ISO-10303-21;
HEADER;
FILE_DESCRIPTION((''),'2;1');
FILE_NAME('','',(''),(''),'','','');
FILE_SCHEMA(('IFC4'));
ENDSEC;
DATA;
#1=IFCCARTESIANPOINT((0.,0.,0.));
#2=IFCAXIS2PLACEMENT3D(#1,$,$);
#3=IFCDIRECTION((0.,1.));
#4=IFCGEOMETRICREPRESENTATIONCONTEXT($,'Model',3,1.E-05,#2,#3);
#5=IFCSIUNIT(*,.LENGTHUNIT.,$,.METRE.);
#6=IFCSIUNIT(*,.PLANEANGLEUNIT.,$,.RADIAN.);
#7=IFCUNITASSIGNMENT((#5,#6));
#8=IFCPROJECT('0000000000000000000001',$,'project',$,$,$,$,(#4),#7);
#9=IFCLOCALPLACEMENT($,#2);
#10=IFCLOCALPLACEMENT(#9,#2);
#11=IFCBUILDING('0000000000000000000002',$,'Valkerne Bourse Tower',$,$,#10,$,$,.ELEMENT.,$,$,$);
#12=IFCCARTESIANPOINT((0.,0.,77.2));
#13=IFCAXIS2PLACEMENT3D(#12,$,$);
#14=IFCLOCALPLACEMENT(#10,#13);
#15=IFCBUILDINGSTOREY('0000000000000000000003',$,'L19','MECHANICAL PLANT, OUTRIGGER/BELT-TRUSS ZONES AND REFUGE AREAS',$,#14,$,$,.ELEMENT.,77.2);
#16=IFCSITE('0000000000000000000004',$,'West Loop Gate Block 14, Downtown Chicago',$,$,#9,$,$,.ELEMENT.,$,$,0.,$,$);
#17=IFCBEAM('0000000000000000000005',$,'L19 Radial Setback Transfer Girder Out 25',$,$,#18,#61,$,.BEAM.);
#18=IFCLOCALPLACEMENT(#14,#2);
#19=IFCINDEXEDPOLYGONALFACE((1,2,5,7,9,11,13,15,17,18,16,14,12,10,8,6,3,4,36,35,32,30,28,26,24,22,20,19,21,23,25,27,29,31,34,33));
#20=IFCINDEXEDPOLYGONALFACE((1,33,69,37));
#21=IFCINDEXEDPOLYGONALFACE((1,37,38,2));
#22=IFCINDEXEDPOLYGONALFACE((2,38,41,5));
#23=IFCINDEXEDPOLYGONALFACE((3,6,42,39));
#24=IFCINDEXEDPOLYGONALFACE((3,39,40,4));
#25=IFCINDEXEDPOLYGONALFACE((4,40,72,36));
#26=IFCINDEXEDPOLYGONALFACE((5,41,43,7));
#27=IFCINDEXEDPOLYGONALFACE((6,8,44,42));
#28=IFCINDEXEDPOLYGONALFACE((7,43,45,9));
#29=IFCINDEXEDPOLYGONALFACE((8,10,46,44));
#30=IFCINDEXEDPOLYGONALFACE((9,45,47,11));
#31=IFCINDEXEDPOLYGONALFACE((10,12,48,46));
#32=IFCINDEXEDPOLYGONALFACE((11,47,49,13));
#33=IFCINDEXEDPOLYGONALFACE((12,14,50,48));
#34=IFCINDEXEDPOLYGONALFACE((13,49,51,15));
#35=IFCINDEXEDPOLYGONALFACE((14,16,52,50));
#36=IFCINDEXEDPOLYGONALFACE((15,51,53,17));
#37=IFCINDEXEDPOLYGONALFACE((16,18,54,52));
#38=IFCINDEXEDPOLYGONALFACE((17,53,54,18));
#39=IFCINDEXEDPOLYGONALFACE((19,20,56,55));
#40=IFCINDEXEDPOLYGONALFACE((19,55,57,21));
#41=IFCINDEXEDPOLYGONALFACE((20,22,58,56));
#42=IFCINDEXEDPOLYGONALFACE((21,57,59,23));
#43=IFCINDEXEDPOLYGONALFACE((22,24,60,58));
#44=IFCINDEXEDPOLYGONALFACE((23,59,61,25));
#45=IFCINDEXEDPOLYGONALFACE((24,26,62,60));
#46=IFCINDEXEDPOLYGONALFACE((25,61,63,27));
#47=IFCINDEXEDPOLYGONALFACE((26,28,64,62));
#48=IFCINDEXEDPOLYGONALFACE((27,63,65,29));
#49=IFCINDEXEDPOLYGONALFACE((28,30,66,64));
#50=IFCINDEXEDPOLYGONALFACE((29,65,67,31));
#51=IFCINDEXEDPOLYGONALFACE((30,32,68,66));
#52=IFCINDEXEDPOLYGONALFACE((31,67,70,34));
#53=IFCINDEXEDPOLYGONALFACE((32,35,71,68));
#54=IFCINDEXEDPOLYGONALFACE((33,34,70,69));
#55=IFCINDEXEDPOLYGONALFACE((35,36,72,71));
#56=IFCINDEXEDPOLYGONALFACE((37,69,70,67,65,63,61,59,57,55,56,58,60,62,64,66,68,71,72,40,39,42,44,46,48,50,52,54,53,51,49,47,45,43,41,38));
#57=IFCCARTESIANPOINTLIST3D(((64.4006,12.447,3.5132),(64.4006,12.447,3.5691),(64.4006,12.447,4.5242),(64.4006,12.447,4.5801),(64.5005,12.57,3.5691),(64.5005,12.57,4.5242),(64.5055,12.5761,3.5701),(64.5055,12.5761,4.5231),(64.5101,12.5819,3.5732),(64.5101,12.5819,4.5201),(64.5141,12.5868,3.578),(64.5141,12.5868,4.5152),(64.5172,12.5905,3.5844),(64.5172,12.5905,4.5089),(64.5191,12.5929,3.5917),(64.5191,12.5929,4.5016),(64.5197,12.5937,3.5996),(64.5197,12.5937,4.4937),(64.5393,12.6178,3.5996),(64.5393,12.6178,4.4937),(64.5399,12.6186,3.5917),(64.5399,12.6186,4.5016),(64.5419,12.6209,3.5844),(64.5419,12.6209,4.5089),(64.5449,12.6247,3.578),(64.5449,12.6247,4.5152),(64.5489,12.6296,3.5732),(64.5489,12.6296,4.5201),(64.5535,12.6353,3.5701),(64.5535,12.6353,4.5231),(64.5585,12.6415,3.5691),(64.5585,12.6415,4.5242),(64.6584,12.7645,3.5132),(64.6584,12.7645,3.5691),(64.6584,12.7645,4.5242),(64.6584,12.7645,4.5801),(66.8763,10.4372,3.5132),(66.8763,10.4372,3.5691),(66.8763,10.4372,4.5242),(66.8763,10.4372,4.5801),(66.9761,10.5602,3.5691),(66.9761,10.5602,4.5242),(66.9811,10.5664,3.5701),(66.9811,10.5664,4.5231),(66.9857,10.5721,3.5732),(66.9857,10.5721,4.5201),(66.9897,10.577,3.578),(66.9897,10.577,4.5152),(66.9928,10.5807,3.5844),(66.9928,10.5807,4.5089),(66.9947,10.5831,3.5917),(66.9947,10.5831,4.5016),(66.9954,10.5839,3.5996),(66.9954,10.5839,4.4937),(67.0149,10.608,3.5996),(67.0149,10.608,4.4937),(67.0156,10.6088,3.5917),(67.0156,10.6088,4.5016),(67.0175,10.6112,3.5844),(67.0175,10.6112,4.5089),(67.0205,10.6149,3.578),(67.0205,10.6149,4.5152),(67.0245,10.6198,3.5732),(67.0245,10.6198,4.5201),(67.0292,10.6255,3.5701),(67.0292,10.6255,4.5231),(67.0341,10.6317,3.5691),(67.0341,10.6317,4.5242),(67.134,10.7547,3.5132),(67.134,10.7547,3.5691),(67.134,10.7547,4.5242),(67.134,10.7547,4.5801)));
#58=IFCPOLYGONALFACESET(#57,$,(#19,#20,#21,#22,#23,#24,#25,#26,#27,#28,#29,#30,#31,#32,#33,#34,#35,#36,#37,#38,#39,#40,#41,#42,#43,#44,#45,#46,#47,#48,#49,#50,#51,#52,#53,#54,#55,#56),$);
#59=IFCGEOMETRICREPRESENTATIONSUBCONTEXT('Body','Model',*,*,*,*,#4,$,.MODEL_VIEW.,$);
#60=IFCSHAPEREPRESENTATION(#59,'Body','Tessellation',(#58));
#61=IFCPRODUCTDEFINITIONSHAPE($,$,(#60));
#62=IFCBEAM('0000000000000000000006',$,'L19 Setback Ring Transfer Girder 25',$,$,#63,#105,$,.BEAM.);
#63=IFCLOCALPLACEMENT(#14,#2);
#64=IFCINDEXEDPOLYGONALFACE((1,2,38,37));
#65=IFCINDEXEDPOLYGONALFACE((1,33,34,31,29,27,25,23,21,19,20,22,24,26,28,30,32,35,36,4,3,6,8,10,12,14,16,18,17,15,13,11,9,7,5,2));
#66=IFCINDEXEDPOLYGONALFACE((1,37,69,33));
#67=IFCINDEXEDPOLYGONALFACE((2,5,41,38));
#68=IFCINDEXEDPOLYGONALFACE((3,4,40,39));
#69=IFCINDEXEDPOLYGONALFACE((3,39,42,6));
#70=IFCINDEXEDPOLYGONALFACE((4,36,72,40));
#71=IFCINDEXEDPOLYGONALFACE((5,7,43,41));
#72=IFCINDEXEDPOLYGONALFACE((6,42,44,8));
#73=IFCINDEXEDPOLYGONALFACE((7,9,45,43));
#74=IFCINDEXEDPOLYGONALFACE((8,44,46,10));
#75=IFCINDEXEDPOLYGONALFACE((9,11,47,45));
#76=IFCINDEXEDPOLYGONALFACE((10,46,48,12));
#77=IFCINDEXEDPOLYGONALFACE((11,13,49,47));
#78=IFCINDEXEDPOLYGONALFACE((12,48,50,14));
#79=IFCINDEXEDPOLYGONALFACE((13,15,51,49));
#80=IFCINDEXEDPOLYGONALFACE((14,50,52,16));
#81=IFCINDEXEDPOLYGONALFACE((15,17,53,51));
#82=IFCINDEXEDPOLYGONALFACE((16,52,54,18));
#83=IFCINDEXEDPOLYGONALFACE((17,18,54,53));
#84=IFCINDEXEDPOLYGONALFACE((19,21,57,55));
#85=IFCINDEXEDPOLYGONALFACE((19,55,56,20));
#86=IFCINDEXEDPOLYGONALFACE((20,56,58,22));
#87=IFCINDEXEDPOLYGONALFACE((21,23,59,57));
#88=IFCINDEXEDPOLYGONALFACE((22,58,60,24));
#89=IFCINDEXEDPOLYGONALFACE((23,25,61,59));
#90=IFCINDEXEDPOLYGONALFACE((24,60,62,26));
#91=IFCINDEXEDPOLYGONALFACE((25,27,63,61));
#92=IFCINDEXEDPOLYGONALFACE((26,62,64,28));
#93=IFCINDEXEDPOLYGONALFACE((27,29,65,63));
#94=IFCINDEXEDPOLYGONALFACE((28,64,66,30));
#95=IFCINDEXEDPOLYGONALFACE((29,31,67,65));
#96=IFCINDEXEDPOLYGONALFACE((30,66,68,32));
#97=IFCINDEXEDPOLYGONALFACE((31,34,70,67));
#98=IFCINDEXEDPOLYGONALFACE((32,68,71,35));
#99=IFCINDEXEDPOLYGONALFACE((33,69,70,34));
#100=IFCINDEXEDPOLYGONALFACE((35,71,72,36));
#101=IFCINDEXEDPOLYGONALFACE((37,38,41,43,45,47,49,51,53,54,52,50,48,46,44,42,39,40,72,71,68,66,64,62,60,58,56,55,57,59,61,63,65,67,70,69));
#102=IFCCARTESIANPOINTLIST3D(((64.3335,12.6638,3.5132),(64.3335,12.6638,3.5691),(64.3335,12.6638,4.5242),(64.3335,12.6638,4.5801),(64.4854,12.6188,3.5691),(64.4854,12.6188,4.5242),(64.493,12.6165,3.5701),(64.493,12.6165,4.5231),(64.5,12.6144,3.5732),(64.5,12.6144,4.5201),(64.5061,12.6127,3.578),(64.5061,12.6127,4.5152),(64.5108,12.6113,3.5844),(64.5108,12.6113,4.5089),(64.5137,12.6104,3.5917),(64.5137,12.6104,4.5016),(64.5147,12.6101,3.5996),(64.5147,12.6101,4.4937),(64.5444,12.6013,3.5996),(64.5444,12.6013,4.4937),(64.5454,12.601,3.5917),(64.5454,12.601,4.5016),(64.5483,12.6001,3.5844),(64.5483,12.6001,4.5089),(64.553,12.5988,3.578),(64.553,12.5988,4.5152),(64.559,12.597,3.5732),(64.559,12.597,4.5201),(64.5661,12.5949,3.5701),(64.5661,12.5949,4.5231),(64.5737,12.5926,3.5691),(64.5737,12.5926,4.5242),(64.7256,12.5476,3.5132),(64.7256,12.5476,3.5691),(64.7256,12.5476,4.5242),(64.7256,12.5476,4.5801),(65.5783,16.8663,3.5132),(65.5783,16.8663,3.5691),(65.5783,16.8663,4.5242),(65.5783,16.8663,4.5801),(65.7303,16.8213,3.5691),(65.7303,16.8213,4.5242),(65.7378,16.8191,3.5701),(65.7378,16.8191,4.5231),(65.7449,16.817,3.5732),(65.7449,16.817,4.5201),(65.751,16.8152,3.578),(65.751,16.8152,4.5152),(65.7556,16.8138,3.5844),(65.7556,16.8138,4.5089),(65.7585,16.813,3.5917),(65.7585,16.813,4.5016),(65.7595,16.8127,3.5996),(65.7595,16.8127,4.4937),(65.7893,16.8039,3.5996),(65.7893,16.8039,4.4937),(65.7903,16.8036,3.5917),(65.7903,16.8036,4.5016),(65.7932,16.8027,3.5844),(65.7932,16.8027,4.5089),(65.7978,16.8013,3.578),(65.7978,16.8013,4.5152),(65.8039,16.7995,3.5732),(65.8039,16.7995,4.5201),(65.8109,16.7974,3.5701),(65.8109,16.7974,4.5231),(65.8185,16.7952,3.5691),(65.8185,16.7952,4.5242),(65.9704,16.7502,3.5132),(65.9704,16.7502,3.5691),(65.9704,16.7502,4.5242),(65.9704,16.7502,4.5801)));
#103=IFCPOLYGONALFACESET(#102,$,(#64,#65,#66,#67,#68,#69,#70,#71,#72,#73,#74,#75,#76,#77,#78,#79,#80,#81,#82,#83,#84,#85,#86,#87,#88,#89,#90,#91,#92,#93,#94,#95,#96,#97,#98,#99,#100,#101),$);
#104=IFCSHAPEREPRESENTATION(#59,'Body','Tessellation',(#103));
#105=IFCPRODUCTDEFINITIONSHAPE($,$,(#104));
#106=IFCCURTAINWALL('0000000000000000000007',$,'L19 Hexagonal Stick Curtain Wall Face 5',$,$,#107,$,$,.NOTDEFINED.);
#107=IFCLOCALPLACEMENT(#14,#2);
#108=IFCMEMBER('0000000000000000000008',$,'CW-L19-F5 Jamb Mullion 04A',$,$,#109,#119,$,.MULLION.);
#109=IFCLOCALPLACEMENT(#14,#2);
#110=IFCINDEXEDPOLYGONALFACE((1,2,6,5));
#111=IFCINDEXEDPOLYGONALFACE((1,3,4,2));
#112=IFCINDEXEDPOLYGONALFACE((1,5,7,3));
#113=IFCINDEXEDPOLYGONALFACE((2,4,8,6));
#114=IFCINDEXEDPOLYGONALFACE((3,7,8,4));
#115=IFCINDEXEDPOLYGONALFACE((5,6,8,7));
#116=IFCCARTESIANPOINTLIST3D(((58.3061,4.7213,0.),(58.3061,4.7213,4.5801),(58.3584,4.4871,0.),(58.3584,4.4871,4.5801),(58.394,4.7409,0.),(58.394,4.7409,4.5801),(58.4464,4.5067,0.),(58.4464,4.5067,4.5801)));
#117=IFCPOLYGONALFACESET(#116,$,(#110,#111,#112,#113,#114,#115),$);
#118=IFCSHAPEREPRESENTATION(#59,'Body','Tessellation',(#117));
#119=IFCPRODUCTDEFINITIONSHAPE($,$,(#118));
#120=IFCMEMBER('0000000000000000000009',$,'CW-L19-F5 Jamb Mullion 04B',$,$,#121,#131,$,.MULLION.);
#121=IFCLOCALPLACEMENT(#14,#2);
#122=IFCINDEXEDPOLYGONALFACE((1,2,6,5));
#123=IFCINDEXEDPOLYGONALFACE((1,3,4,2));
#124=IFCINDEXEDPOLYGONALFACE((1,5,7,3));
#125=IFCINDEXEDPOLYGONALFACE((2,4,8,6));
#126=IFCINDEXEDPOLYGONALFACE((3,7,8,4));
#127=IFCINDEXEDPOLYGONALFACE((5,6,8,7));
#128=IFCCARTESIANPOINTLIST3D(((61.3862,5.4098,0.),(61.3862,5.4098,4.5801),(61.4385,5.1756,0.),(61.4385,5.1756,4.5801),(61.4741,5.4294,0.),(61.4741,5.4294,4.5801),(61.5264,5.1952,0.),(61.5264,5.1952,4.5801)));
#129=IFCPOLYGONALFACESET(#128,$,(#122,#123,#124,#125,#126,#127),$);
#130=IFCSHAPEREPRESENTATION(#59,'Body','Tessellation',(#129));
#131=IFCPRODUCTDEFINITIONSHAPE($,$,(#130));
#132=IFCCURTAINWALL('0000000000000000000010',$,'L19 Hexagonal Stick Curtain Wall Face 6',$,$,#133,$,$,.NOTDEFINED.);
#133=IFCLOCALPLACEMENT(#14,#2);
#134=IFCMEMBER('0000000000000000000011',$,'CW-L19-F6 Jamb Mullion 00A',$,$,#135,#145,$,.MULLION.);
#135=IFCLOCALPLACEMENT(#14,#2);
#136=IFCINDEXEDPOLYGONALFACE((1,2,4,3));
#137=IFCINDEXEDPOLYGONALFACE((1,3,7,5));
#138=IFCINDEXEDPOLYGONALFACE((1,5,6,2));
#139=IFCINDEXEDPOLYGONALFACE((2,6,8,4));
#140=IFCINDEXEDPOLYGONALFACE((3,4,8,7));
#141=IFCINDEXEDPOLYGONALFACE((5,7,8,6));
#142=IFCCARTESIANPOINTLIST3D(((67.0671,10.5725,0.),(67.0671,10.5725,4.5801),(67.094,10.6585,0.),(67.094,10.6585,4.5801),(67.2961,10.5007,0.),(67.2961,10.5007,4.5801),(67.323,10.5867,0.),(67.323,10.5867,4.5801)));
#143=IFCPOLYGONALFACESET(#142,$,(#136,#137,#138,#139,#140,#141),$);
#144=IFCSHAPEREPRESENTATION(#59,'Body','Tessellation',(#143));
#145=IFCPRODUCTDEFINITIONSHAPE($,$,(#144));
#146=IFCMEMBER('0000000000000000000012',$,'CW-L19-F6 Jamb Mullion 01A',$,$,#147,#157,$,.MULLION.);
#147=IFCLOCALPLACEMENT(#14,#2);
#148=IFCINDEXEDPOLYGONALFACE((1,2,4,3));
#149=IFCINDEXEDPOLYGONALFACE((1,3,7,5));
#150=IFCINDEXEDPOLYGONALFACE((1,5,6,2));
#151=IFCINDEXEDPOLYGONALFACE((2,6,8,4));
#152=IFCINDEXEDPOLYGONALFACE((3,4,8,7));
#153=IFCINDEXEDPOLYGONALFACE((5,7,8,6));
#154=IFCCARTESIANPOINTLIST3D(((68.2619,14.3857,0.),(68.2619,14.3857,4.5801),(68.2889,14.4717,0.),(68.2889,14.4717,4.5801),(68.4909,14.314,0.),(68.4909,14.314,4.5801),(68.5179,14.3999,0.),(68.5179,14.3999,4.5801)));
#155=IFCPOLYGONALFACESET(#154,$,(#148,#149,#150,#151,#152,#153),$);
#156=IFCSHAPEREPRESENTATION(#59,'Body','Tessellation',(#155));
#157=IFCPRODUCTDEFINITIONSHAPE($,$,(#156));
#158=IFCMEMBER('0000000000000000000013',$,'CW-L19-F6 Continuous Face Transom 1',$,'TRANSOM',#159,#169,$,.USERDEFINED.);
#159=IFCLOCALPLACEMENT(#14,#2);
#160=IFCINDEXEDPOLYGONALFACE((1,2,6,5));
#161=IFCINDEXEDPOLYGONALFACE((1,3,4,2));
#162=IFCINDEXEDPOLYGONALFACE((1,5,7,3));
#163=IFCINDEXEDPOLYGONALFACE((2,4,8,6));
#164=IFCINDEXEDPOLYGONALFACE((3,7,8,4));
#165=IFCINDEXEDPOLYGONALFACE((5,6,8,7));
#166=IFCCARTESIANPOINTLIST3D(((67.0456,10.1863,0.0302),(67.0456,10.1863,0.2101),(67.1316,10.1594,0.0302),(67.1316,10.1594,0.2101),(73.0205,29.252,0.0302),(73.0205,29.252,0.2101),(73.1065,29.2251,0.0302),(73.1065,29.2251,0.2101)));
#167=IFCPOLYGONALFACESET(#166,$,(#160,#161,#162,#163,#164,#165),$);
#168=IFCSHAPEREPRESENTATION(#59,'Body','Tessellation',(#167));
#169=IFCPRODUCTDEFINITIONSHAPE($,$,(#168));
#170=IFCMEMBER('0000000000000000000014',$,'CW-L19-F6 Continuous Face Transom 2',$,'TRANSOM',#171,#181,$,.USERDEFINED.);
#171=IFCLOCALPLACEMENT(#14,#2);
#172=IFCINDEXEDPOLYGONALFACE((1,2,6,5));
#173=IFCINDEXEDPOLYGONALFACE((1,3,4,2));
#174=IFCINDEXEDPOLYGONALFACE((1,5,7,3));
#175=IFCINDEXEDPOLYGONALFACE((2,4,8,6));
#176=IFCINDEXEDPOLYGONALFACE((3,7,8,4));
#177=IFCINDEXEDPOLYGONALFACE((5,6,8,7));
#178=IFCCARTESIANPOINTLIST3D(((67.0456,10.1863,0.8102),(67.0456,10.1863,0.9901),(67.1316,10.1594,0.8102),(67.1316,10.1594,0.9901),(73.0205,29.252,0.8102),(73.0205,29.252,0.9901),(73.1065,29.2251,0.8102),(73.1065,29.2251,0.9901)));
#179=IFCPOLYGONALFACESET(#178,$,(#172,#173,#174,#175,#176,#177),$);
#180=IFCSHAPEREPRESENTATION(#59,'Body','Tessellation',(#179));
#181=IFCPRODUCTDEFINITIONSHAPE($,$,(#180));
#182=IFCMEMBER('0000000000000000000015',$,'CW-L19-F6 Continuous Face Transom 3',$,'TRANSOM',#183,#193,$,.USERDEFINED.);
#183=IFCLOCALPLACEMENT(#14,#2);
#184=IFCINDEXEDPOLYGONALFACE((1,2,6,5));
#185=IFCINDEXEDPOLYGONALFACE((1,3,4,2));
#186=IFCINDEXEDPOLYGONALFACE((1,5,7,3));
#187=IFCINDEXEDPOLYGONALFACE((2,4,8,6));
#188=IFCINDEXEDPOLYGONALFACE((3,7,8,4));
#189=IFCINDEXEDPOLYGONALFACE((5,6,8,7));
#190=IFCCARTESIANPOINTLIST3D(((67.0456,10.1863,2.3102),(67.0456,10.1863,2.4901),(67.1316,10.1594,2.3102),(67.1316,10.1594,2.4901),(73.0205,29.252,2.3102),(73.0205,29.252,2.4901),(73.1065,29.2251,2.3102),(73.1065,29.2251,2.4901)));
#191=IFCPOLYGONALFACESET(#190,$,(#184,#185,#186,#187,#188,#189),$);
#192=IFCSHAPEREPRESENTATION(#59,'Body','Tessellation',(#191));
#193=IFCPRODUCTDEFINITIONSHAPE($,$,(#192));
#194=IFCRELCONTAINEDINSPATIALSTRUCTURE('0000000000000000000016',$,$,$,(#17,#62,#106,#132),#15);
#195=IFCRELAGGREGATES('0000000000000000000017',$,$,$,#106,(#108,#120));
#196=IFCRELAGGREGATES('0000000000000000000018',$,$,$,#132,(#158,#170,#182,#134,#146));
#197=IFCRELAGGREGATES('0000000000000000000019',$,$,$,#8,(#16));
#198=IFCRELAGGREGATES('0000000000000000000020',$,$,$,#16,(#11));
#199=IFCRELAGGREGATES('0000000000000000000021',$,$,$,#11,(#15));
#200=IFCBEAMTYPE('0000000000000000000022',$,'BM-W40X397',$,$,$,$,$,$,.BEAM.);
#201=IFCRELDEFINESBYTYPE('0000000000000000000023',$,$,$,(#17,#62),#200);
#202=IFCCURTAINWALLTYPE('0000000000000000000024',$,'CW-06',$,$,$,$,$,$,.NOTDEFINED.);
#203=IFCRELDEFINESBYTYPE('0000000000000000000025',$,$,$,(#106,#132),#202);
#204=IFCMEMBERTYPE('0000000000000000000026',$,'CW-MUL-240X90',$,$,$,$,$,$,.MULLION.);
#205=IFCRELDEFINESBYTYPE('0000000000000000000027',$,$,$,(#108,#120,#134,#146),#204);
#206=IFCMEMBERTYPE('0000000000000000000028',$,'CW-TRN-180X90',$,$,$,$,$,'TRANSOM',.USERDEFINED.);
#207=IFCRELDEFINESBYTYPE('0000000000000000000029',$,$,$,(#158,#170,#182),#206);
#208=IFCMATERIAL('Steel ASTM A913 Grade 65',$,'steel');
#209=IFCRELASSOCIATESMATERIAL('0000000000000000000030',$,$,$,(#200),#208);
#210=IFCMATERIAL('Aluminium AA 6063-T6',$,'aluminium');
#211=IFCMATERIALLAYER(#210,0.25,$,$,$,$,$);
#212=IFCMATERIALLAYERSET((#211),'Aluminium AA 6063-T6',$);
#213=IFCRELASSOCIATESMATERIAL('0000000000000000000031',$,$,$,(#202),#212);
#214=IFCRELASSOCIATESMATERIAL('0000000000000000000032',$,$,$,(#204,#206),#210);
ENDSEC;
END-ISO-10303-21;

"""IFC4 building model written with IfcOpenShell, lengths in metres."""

from ifc_helpers import new_model, si_unit, direction, frame, origin, origin_2d, place, context, subcontext, project, spatial, rectangle, i_section, extrude, material, layer, layer_set, material_profile, profile_set, type_object, element, aggregate, save


model = new_model("IFC4")

# Units and contexts
model_context = context("Model", 3, precision=1e-05, world=origin(), true_north=direction((0.0, 1.0)))
body_context = subcontext(model_context, "Body", "Model", "MODEL_VIEW")
ifc_project = project(units=[si_unit("LENGTHUNIT", "METRE"), si_unit("PLANEANGLEUNIT", "RADIAN")], contexts=[model_context])

# Site, building, storey
site_placement = place(None, origin())
site = spatial("IfcSite", under=ifc_project, at=site_placement, Name="West Loop Gate Block 14, Downtown Chicago", CompositionType="ELEMENT", RefElevation=0.0)
building_placement = place(site_placement, origin())
building = spatial("IfcBuilding", under=site, at=building_placement, Name="Valkerne Bourse Tower", CompositionType="ELEMENT")
storey_placement = place(building_placement, frame((0.0, 0.0, 77.2)))
storey = spatial("IfcBuildingStorey", under=building, at=storey_placement, Name="L19", Description="MECHANICAL PLANT, OUTRIGGER/BELT-TRUSS ZONES AND REFUGE AREAS", CompositionType="ELEMENT", Elevation=77.2)

# Shared definitions
ifc_material_1 = material(Name="Steel ASTM A913 Grade 65", Category="steel")

# Beams
ifc_material_profile_1 = material_profile(ifc_material_1, i_section(OverallWidth=0.4089, OverallDepth=1.0669, WebThickness=0.031, FlangeThickness=0.0559, FilletRadius=0.0305, at=origin_2d()), Name="W40X397")
ifc_profile_set_1 = profile_set([ifc_material_profile_1], Name="Steel ASTM A913 Grade 65")
beam_type_1 = type_object("IfcBeamType", Name="BM-W40X397", PredefinedType="BEAM", material=ifc_profile_set_1)
beam_1_placement = place(storey_placement, frame((67.0051, 10.5959, 4.0466), z_axis=(-0.776367, 0.630281, 0.0), x_axis=(-0.630281, -0.776367, 0.0)))
element("IfcBeam", 1, at=beam_1_placement, inside=storey, type_object=beam_type_1, Name="L19 Radial Setback Transfer Girder Out 25", PredefinedType="BEAM", context=body_context, shape_type="SweptSolid", body=[
    extrude(i_section(OverallWidth=0.4089, OverallDepth=1.0669, WebThickness=0.031, FlangeThickness=0.0559, FilletRadius=0.0305, at=origin_2d()), origin(), (0.0, 0.0, 1.0), 3.1887),
])
beam_2_placement = place(storey_placement, frame((64.5295, 12.6057, 4.0466), z_axis=(0.284014, 0.95882, 0.0), x_axis=(-0.95882, 0.284014, 0.0)))
element("IfcBeam", 2, at=beam_2_placement, inside=storey, type_object=beam_type_1, Name="L19 Setback Ring Transfer Girder 25", PredefinedType="BEAM", context=body_context, shape_type="SweptSolid", body=[
    extrude(i_section(OverallWidth=0.4089, OverallDepth=1.0669, WebThickness=0.031, FlangeThickness=0.0559, FilletRadius=0.0305, at=origin_2d()), origin(), (0.0, 0.0, 1.0), 4.3831),
])

# Curtain walls, members
ifc_material_2 = material(Name="Aluminium AA 6063-T6", Category="aluminium")
ifc_layer_1 = layer(ifc_material_2, 0.25)
ifc_layer_set_1 = layer_set([ifc_layer_1], Name="Aluminium AA 6063-T6")
curtain_wall_type = type_object("IfcCurtainWallType", Name="CW-06", PredefinedType="NOTDEFINED", material=ifc_layer_set_1)
curtain_wall_1_placement = place(storey_placement, origin())
curtain_wall_1 = element("IfcCurtainWall", 3, at=curtain_wall_1_placement, inside=storey, type_object=curtain_wall_type, Name="L19 Hexagonal Stick Curtain Wall Face 5", PredefinedType="NOTDEFINED")
ifc_material_profile_2 = material_profile(ifc_material_2, rectangle(XDim=0.0901, YDim=0.24, at=origin_2d()), Name="CWM-90X240")
ifc_profile_set_2 = profile_set([ifc_material_profile_2], Name="Aluminium AA 6063-T6")
member_type_1 = type_object("IfcMemberType", Name="CW-MUL-240X90", PredefinedType="MULLION", material=ifc_profile_set_2)
member_1_placement = place(storey_placement, frame((58.3762, 4.614, 0.0), z_axis=(0.0, 0.0, 1.0), x_axis=(0.975917, 0.218141, 0.0)))
member_1 = element("IfcMember", 4, at=member_1_placement, type_object=member_type_1, Name="CW-L19-F5 Jamb Mullion 04A", PredefinedType="MULLION", context=body_context, shape_type="SweptSolid", body=[
    extrude(rectangle(XDim=0.0901, YDim=0.24, at=origin_2d()), origin(), (0.0, 0.0, 1.0), 4.5801),
])
member_2_placement = place(storey_placement, frame((61.4563, 5.3025, 0.0), z_axis=(0.0, 0.0, 1.0), x_axis=(0.975917, 0.218141, 0.0)))
member_2 = element("IfcMember", 5, at=member_2_placement, type_object=member_type_1, Name="CW-L19-F5 Jamb Mullion 04B", PredefinedType="MULLION", context=body_context, shape_type="SweptSolid", body=[
    extrude(rectangle(XDim=0.0901, YDim=0.24, at=origin_2d()), origin(), (0.0, 0.0, 1.0), 4.5801),
])
curtain_wall_2_placement = place(storey_placement, origin())
curtain_wall_2 = element("IfcCurtainWall", 6, at=curtain_wall_2_placement, inside=storey, type_object=curtain_wall_type, Name="L19 Hexagonal Stick Curtain Wall Face 6", PredefinedType="NOTDEFINED")
member_3_placement = place(storey_placement, frame((67.1951, 10.5796, 0.0), z_axis=(0.0, 0.0, 1.0), x_axis=(0.299022, 0.954246, 0.0)))
member_3 = element("IfcMember", 7, at=member_3_placement, type_object=member_type_1, Name="CW-L19-F6 Jamb Mullion 00A", PredefinedType="MULLION", context=body_context, shape_type="SweptSolid", body=[
    extrude(rectangle(XDim=0.0901, YDim=0.24, at=origin_2d()), origin(), (0.0, 0.0, 1.0), 4.5801),
])
member_4_placement = place(storey_placement, frame((68.3899, 14.3928, 0.0), z_axis=(0.0, 0.0, 1.0), x_axis=(0.299051, 0.954237, 0.0)))
member_4 = element("IfcMember", 8, at=member_4_placement, type_object=member_type_1, Name="CW-L19-F6 Jamb Mullion 01A", PredefinedType="MULLION", context=body_context, shape_type="SweptSolid", body=[
    extrude(rectangle(XDim=0.0901, YDim=0.24, at=origin_2d()), origin(), (0.0, 0.0, 1.0), 4.5801),
])
ifc_material_profile_3 = material_profile(ifc_material_2, rectangle(XDim=0.0901, YDim=0.1799, at=origin_2d()), Name="CWT-90X180")
ifc_profile_set_3 = profile_set([ifc_material_profile_3], Name="Aluminium AA 6063-T6")
member_type_2 = type_object("IfcMemberType", Name="CW-TRN-180X90", ElementType="TRANSOM", PredefinedType="USERDEFINED", material=ifc_profile_set_3)
member_5_placement = place(storey_placement, frame((67.0886, 10.1729, 0.1201), z_axis=(0.299042, 0.95424, 0.0), x_axis=(-0.95424, 0.299042, 0.0)))
member_5 = element("IfcMember", 9, at=member_5_placement, type_object=member_type_2, Name="CW-L19-F6 Continuous Face Transom 1", ObjectType="TRANSOM", PredefinedType="USERDEFINED", context=body_context, shape_type="SweptSolid", body=[
    extrude(rectangle(XDim=0.0901, YDim=0.1799, at=origin_2d()), origin(), (0.0, 0.0, 1.0), 19.98),
])
member_6_placement = place(storey_placement, frame((67.0886, 10.1729, 0.9001), z_axis=(0.299042, 0.95424, 0.0), x_axis=(-0.95424, 0.299042, 0.0)))
member_6 = element("IfcMember", 10, at=member_6_placement, type_object=member_type_2, Name="CW-L19-F6 Continuous Face Transom 2", ObjectType="TRANSOM", PredefinedType="USERDEFINED", context=body_context, shape_type="SweptSolid", body=[
    extrude(rectangle(XDim=0.0901, YDim=0.1799, at=origin_2d()), origin(), (0.0, 0.0, 1.0), 19.98),
])
member_7_placement = place(storey_placement, frame((67.0886, 10.1729, 2.4001), z_axis=(0.299042, 0.95424, 0.0), x_axis=(-0.95424, 0.299042, 0.0)))
member_7 = element("IfcMember", 11, at=member_7_placement, type_object=member_type_2, Name="CW-L19-F6 Continuous Face Transom 3", ObjectType="TRANSOM", PredefinedType="USERDEFINED", context=body_context, shape_type="SweptSolid", body=[
    extrude(rectangle(XDim=0.0901, YDim=0.1799, at=origin_2d()), origin(), (0.0, 0.0, 1.0), 19.98),
])

aggregate(curtain_wall_1, [member_1, member_2])
aggregate(curtain_wall_2, [member_5, member_6, member_7, member_3, member_4])

save(model, "model.ifc")
